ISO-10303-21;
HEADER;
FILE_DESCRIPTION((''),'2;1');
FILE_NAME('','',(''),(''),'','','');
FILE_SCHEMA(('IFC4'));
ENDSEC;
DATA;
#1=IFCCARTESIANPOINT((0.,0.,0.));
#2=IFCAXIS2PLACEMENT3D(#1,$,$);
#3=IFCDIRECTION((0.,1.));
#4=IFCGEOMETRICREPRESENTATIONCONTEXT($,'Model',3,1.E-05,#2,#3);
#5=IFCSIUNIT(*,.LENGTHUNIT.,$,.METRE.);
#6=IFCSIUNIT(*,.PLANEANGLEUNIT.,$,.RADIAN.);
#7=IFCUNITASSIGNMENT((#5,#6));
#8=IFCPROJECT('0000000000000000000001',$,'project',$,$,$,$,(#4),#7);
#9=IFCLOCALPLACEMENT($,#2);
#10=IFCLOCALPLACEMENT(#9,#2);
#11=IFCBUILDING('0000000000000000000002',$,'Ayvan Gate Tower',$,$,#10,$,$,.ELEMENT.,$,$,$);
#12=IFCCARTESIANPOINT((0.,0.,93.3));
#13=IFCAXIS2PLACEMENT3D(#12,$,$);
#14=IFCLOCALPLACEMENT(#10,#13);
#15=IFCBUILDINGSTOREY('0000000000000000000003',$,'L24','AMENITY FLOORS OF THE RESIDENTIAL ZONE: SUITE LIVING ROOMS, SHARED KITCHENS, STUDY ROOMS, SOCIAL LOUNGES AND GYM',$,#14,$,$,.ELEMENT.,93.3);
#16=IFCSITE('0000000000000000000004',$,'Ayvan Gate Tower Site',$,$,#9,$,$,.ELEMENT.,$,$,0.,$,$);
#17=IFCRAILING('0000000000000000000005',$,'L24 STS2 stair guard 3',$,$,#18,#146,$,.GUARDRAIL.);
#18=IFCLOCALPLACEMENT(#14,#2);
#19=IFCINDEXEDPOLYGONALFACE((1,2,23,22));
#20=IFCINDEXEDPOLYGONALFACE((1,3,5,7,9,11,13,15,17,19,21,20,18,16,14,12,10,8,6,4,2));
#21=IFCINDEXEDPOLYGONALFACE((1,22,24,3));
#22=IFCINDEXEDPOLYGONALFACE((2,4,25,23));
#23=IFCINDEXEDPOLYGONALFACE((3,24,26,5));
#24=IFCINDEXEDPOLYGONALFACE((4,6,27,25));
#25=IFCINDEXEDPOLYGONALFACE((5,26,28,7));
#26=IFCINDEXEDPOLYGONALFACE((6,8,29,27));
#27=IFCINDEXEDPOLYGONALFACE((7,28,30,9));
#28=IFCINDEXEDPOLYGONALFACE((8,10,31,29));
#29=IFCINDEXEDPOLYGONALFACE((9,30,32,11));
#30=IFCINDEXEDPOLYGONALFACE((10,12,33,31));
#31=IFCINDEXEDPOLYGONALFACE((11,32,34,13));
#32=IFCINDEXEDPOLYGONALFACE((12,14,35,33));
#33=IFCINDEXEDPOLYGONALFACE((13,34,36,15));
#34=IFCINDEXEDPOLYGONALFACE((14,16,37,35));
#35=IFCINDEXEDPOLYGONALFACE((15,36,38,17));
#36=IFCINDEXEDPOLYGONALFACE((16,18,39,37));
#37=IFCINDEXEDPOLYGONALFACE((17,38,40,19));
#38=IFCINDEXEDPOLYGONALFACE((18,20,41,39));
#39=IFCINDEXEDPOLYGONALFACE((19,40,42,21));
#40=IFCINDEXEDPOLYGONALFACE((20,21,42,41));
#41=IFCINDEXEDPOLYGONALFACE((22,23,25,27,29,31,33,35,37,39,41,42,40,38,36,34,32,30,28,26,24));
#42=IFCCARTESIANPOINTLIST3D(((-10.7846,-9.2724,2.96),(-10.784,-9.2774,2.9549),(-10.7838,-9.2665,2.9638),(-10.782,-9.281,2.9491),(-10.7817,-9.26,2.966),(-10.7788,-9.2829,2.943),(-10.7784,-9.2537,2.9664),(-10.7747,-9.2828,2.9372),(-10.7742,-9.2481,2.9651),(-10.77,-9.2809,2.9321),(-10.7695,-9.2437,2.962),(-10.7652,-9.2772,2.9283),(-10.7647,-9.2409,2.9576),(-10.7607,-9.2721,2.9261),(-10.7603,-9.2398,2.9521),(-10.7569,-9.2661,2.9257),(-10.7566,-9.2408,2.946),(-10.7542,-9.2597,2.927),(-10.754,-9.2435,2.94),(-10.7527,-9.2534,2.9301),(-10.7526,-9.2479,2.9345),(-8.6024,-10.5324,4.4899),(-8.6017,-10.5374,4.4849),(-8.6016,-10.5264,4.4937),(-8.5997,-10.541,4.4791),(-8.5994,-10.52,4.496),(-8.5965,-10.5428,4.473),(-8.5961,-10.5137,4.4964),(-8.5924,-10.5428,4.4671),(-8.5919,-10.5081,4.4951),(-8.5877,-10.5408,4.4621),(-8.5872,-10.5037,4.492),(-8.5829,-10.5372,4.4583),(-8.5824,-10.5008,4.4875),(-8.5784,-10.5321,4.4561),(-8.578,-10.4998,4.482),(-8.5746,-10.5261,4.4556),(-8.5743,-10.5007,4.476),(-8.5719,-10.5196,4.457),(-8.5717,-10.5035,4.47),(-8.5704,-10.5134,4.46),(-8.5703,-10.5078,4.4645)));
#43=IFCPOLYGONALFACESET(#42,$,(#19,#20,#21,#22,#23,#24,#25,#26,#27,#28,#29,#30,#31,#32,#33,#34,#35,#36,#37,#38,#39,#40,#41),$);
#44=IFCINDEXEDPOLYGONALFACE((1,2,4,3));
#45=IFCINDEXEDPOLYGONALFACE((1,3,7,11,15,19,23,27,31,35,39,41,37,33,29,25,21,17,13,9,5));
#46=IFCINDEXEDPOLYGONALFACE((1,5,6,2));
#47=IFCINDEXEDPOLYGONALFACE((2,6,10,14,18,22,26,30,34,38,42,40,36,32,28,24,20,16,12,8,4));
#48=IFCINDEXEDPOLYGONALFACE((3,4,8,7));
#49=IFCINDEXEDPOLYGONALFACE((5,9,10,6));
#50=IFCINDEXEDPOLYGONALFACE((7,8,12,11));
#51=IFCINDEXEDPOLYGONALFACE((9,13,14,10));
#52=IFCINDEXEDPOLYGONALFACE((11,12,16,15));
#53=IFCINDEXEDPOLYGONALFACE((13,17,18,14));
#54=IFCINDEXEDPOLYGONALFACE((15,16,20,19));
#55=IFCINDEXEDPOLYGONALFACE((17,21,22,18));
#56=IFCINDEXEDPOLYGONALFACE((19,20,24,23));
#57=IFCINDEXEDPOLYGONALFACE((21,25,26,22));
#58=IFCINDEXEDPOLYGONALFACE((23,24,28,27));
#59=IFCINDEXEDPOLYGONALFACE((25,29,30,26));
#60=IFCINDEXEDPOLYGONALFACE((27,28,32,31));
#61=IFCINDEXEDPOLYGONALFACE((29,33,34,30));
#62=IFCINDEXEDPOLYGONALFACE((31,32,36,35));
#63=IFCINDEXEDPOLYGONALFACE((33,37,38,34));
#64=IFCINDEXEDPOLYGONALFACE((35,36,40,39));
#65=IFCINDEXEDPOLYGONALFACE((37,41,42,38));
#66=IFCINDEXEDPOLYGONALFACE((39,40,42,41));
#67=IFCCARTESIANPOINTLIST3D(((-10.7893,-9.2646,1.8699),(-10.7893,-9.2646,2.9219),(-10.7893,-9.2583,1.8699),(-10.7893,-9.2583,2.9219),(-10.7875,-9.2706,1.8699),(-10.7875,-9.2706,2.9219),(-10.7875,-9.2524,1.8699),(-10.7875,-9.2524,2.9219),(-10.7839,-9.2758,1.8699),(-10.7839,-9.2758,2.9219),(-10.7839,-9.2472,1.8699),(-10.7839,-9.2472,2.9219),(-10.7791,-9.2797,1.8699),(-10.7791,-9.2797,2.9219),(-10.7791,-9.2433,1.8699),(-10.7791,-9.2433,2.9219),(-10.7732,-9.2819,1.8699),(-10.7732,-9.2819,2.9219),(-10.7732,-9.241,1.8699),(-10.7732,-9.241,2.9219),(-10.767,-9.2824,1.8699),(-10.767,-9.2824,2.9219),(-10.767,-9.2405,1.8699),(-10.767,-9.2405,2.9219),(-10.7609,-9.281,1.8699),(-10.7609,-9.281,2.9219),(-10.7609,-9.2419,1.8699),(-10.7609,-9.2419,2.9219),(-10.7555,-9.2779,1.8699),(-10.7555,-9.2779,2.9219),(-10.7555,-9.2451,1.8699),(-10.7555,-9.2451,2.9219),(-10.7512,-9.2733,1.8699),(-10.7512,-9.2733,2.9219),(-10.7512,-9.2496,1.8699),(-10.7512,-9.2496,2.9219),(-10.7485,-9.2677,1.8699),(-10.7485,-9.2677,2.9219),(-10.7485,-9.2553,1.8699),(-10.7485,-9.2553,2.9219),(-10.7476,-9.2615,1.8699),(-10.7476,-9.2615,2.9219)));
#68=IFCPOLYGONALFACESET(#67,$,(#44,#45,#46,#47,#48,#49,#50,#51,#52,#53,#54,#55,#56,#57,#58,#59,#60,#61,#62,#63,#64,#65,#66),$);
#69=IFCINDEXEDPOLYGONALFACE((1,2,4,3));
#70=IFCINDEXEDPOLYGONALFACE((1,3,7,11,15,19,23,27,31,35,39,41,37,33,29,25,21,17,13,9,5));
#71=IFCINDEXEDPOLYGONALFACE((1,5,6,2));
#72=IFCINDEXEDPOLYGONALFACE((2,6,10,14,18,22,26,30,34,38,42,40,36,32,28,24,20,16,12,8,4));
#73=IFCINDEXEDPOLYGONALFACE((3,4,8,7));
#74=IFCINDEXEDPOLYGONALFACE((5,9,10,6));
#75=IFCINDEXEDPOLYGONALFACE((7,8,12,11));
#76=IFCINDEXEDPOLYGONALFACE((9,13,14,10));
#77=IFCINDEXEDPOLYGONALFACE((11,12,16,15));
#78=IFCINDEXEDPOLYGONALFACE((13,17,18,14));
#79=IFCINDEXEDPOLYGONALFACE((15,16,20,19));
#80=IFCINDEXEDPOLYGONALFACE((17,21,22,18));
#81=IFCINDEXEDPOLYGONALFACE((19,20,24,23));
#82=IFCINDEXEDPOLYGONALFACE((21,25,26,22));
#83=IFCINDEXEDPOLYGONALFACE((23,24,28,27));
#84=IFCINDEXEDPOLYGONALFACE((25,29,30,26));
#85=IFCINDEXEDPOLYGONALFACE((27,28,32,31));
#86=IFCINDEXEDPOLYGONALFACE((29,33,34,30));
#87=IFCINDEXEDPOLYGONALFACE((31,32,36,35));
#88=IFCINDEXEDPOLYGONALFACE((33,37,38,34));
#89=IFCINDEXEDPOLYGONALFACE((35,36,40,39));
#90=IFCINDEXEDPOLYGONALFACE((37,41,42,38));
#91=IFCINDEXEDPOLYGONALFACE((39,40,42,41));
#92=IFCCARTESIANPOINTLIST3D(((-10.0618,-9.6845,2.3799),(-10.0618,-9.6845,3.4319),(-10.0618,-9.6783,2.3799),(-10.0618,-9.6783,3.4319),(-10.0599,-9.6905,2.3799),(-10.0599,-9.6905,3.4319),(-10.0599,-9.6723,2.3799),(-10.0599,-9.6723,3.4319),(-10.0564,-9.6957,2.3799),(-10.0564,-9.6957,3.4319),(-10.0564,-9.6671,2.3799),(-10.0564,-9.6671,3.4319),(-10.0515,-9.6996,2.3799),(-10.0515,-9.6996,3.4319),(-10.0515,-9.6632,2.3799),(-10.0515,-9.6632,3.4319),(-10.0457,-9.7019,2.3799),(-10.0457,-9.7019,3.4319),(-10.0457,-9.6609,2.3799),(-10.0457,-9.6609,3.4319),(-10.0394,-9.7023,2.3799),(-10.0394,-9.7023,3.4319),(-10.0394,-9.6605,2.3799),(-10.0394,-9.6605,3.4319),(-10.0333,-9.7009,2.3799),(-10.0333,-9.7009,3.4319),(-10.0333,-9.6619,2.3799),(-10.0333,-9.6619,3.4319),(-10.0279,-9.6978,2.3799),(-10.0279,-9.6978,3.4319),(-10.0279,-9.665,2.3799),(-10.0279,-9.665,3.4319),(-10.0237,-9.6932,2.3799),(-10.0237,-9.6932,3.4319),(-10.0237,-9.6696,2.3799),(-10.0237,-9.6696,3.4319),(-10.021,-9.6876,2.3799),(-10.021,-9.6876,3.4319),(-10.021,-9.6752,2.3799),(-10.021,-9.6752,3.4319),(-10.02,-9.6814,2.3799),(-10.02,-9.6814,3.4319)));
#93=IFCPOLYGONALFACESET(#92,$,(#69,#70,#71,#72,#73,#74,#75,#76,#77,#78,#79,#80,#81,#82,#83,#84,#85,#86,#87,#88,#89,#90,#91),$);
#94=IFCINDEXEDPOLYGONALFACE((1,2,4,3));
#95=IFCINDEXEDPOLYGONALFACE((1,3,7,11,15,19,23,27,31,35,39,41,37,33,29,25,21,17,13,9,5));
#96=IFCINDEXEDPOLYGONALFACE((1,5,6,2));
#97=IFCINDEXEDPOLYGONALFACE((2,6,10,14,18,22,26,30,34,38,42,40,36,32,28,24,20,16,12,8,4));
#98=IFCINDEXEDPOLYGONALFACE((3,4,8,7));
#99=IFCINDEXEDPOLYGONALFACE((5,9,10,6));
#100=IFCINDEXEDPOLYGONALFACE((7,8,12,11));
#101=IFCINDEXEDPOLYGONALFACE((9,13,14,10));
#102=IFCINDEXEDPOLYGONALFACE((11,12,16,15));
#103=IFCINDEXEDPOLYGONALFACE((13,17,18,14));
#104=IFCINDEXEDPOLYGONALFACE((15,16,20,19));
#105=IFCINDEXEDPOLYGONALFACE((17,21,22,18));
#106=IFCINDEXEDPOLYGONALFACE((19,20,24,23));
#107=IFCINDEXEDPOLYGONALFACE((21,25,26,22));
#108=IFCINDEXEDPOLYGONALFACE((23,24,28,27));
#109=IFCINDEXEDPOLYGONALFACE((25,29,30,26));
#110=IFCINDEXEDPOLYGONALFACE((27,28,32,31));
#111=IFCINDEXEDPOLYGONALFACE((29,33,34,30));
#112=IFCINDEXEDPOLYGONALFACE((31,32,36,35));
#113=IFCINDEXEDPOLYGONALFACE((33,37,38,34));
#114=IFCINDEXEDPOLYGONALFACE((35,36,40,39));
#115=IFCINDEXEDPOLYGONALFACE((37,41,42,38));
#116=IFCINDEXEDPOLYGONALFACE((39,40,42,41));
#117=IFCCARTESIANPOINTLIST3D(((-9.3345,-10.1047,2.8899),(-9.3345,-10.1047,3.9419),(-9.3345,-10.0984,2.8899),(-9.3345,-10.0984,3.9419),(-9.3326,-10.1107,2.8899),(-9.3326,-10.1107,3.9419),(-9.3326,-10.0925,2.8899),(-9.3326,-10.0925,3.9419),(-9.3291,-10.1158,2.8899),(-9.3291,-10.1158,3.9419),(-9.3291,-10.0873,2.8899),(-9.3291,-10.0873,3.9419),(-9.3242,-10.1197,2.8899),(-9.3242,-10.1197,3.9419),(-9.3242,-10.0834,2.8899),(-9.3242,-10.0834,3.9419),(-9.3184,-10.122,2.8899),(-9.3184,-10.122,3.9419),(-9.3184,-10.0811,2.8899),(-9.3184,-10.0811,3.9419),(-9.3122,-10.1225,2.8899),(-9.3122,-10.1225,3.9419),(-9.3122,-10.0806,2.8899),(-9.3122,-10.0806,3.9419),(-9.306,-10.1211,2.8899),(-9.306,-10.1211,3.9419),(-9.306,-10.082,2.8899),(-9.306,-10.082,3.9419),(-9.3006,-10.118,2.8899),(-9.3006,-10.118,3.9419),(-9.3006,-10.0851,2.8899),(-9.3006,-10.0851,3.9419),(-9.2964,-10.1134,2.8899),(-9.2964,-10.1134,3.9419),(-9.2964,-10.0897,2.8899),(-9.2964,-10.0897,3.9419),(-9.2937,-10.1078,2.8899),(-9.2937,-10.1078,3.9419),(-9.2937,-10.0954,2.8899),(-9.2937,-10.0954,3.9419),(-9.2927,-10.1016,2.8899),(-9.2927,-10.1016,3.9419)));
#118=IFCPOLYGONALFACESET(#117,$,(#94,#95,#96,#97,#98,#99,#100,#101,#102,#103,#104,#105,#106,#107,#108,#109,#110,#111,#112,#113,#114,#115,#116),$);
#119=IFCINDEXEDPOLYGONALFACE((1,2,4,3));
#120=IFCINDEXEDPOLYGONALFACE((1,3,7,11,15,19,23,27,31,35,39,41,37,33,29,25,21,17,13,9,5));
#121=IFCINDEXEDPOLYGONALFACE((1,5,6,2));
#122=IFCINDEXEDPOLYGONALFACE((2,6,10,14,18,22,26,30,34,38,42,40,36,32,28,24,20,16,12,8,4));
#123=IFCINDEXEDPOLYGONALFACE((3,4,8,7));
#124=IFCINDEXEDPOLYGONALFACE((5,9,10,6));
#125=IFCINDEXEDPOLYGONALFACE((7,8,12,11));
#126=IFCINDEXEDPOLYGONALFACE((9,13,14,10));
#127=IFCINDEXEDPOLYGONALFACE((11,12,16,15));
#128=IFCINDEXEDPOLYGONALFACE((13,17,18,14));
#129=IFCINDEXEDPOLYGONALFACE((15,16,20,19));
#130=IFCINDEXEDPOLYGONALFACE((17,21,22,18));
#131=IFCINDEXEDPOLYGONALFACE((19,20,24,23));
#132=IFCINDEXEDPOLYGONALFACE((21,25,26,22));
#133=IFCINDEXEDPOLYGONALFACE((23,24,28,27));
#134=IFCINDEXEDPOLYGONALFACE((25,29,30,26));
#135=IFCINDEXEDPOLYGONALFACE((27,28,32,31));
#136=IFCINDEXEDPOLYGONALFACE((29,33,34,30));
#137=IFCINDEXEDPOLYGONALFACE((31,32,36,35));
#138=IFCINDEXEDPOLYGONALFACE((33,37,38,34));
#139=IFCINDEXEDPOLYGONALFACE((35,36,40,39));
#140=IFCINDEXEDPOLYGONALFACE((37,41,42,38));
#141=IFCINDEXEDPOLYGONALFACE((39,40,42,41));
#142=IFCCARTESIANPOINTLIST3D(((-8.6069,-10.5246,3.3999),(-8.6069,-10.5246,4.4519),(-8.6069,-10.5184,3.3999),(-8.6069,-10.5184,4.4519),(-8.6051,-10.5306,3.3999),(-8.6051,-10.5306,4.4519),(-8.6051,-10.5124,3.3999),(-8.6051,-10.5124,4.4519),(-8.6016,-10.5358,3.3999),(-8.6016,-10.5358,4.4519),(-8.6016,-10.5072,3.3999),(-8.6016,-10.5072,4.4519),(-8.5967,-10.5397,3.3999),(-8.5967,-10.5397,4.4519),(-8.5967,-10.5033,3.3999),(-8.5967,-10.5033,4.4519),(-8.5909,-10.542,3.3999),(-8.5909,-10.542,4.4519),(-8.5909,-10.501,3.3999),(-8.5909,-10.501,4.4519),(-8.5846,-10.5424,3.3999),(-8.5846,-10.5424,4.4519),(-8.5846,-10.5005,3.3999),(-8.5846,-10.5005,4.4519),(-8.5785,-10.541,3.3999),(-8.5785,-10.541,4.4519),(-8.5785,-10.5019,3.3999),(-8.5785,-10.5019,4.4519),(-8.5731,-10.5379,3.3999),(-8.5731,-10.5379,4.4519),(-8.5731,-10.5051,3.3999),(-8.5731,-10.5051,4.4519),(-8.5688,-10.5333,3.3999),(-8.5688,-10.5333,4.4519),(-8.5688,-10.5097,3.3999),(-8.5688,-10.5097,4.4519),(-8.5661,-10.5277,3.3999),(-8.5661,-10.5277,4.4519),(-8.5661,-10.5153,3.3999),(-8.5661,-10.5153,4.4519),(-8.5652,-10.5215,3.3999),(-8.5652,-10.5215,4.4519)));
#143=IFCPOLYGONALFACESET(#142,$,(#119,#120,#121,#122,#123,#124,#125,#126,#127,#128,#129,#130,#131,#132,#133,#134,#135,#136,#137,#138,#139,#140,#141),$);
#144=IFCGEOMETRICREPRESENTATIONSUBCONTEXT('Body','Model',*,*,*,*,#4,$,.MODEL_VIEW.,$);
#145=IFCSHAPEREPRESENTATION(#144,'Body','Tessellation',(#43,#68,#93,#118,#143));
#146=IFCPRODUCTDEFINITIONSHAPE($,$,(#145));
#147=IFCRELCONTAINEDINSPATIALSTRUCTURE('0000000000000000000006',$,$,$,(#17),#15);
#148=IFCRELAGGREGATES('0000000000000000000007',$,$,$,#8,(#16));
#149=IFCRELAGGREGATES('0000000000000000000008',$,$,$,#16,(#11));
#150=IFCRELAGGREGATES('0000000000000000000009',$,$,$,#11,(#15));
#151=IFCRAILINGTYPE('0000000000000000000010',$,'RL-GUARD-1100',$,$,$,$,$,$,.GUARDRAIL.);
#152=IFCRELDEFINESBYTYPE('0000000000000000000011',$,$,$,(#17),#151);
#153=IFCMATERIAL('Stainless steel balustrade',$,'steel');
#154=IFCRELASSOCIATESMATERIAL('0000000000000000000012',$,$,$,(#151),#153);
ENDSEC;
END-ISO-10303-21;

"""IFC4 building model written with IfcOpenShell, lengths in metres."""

from ifc_helpers import new_model, si_unit, direction, frame, origin, origin_2d, place, context, subcontext, project, spatial, circle, extrude, material, type_object, element, save


model = new_model("IFC4")

# Units and contexts
model_context = context("Model", 3, precision=1e-05, world=origin(), true_north=direction((0.0, 1.0)))
body_context = subcontext(model_context, "Body", "Model", "MODEL_VIEW")
ifc_project = project(units=[si_unit("LENGTHUNIT", "METRE"), si_unit("PLANEANGLEUNIT", "RADIAN")], contexts=[model_context])

# Site, building, storey
site_placement = place(None, origin())
site = spatial("IfcSite", under=ifc_project, at=site_placement, Name="Ayvan Gate Tower Site", CompositionType="ELEMENT", RefElevation=0.0)
building_placement = place(site_placement, origin())
building = spatial("IfcBuilding", under=site, at=building_placement, Name="Ayvan Gate Tower", CompositionType="ELEMENT")
storey_placement = place(building_placement, frame((0.0, 0.0, 93.3)))
storey = spatial("IfcBuildingStorey", under=building, at=storey_placement, Name="L24", Description="AMENITY FLOORS OF THE RESIDENTIAL ZONE: SUITE LIVING ROOMS, SHARED KITCHENS, STUDY ROOMS, SOCIAL LOUNGES AND GYM", CompositionType="ELEMENT", Elevation=93.3)

# Railing
ifc_material_1 = material(Name="Stainless steel balustrade", Category="steel")
railing_type_1 = type_object("IfcRailingType", Name="RL-GUARD-1100", PredefinedType="GUARDRAIL", material=ifc_material_1)
railing_1_placement = place(storey_placement, frame((-10.7686, -9.2615, 1.8699)))
element("IfcRailing", 1, at=railing_1_placement, inside=storey, type_object=railing_type_1, Name="L24 STS2 stair guard 3", PredefinedType="GUARDRAIL", context=body_context, shape_type="SweptSolid", body=[
    extrude(circle(Radius=0.0239, at=origin_2d()), frame((0.0, 0.0, 1.0762), z_axis=(0.740261, -0.427395, 0.518986), x_axis=(0.500005, 0.866023, 0.0)), (0.0, 0.0, 1.0), 2.948),
    extrude(circle(Radius=0.021, at=origin_2d()), origin(), (0.0, 0.0, 1.0), 1.052),
    extrude(circle(Radius=0.021, at=origin_2d()), frame((0.7275, -0.4199, 0.51)), (0.0, 0.0, 1.0), 1.052),
    extrude(circle(Radius=0.021, at=origin_2d()), frame((1.4548, -0.8401, 1.02)), (0.0, 0.0, 1.0), 1.052),
    extrude(circle(Radius=0.021, at=origin_2d()), frame((2.1824, -1.26, 1.53)), (0.0, 0.0, 1.0), 1.052),
])

save(model, "model.ifc")
